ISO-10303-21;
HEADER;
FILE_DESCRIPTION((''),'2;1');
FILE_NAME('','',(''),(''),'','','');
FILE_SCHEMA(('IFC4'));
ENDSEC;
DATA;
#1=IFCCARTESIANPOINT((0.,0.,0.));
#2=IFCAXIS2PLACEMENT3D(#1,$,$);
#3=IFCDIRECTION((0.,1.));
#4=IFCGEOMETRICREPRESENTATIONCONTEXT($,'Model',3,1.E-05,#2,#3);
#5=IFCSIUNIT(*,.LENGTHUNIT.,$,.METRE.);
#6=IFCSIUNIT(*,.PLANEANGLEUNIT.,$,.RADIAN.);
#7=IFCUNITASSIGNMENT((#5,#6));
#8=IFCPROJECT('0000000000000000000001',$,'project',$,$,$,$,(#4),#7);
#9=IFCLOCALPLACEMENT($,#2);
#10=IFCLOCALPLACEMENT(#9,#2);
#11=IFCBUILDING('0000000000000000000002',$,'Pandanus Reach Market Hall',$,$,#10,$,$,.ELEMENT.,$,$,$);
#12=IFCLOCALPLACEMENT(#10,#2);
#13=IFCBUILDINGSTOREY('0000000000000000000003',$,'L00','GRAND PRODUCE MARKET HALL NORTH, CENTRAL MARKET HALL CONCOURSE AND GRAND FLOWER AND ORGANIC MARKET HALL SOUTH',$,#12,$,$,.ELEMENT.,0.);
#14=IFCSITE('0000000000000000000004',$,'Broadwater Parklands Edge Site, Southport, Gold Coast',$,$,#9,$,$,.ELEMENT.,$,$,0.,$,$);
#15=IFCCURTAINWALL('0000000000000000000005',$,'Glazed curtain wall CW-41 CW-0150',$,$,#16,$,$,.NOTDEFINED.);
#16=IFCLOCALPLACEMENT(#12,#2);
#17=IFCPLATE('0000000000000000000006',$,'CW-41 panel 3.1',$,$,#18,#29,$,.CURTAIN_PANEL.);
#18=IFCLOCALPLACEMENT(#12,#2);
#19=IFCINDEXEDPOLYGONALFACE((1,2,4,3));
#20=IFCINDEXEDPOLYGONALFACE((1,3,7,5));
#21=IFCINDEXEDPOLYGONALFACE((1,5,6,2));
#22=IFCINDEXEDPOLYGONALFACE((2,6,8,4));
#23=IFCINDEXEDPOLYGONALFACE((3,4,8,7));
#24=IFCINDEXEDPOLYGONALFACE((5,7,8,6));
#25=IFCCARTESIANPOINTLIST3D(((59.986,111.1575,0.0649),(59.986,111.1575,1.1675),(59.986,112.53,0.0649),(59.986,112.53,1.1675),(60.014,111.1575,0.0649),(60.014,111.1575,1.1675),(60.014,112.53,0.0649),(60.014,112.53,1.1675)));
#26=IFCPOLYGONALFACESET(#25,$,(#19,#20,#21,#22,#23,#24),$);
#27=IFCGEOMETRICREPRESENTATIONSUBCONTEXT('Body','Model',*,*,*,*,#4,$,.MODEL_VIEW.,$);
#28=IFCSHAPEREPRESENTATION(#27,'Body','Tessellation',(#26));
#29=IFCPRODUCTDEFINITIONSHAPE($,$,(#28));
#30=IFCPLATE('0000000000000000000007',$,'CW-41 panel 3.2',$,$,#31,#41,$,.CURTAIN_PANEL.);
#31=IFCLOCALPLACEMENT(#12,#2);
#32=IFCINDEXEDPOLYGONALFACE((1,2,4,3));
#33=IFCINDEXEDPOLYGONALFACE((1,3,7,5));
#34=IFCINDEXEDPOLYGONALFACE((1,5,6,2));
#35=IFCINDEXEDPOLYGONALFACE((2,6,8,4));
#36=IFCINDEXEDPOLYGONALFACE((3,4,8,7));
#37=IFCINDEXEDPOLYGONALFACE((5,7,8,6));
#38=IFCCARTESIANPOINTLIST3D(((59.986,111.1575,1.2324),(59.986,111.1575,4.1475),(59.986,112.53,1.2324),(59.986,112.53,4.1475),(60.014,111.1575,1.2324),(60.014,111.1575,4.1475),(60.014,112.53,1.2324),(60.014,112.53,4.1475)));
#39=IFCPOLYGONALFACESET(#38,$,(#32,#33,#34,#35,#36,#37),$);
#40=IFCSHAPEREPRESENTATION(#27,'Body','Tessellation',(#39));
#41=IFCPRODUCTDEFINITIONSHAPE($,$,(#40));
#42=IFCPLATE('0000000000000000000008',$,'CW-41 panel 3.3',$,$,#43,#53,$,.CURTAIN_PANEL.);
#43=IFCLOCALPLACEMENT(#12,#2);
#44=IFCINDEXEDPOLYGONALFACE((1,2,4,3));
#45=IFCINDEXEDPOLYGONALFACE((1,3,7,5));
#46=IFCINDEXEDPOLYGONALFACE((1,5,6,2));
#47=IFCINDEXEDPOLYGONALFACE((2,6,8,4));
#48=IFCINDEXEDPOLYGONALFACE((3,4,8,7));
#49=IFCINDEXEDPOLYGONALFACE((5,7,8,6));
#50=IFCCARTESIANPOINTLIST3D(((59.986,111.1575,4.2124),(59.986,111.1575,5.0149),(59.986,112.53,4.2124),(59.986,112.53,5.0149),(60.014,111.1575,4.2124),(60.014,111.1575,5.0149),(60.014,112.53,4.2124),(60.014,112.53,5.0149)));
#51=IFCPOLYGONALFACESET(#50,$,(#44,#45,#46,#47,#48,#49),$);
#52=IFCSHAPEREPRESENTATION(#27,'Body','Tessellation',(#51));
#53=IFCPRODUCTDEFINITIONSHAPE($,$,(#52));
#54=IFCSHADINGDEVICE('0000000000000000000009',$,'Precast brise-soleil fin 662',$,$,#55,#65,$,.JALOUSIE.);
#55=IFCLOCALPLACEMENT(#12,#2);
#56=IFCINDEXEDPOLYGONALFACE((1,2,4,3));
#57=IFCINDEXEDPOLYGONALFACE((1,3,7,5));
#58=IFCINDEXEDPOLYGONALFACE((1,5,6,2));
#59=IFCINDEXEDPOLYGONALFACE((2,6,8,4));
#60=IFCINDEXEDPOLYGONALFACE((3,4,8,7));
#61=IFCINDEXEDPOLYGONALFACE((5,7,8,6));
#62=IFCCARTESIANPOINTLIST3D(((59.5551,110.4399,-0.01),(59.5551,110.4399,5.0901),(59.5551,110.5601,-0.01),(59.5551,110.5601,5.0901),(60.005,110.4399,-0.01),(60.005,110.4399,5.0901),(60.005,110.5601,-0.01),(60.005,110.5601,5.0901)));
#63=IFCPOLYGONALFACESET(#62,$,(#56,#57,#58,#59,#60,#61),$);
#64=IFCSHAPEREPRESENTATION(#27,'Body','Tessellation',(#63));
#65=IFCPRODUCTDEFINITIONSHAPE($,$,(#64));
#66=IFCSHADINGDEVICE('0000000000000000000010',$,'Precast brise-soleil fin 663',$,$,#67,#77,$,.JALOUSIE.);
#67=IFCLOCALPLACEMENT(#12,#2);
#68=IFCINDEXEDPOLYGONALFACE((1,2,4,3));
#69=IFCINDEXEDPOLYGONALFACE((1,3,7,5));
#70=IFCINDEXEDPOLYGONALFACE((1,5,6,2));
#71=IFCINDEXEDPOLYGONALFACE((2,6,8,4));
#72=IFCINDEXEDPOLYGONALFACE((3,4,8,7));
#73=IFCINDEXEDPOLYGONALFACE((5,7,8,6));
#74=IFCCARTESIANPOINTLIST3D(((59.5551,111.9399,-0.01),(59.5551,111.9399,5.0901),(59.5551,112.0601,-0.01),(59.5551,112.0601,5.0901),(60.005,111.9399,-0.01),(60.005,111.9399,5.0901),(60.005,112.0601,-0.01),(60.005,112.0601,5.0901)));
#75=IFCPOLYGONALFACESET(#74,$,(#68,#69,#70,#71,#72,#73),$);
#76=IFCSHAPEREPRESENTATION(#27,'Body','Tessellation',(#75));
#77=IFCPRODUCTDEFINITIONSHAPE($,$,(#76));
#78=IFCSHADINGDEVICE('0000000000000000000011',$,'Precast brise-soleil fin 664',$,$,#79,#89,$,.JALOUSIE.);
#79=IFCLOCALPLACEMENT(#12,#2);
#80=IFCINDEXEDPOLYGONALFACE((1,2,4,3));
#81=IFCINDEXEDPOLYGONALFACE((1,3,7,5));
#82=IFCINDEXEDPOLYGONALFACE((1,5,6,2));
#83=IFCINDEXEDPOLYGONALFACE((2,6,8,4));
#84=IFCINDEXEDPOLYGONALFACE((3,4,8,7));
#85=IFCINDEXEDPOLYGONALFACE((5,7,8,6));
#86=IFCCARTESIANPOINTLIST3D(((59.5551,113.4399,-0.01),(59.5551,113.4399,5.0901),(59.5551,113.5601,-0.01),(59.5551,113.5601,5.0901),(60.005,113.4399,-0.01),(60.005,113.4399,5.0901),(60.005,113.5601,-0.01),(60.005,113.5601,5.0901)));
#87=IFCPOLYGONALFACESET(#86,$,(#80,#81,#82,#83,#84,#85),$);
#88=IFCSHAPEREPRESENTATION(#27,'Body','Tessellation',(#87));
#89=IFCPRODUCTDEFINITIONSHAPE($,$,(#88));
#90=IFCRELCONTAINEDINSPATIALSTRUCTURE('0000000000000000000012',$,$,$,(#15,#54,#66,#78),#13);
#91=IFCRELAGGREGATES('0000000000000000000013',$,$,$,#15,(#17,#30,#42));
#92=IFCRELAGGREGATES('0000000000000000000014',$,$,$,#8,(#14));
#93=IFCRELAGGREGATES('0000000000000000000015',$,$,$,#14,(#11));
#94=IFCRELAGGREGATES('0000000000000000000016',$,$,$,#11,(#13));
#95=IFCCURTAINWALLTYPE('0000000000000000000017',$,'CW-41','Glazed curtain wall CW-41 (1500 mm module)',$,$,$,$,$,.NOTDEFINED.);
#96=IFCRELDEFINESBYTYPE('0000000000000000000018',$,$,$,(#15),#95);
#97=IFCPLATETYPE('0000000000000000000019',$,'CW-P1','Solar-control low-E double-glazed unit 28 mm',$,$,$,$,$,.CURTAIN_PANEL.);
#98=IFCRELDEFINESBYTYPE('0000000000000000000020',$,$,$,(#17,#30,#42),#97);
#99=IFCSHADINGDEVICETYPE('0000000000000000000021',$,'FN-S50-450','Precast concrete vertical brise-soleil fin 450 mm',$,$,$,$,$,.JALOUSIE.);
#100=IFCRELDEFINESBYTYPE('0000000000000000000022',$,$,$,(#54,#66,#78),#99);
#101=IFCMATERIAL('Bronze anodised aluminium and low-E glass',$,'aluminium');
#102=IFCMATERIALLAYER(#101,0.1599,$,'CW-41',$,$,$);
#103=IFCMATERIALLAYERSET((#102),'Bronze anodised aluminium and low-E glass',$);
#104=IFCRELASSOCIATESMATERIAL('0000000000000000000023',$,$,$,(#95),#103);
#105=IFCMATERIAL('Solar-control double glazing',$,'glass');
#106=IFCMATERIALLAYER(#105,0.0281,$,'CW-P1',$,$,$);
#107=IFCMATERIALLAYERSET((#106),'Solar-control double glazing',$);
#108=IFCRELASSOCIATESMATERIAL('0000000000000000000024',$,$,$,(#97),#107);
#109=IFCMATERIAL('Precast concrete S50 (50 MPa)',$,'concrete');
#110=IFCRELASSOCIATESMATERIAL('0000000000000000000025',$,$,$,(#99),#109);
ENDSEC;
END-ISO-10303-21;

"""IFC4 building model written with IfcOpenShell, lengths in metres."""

from ifc_helpers import new_model, si_unit, direction, frame, origin, origin_2d, place, context, subcontext, project, spatial, rectangle, extrude, material, layer, layer_set, type_object, element, aggregate, save


model = new_model("IFC4")

# Units and contexts
model_context = context("Model", 3, precision=1e-05, world=origin(), true_north=direction((0.0, 1.0)))
body_context = subcontext(model_context, "Body", "Model", "MODEL_VIEW")
ifc_project = project(units=[si_unit("LENGTHUNIT", "METRE"), si_unit("PLANEANGLEUNIT", "RADIAN")], contexts=[model_context])

# Site, building, storey
site_placement = place(None, origin())
site = spatial("IfcSite", under=ifc_project, at=site_placement, Name="Broadwater Parklands Edge Site, Southport, Gold Coast", CompositionType="ELEMENT", RefElevation=0.0)
building_placement = place(site_placement, origin())
building = spatial("IfcBuilding", under=site, at=building_placement, Name="Pandanus Reach Market Hall", CompositionType="ELEMENT")
storey_placement = place(building_placement, origin())
storey = spatial("IfcBuildingStorey", under=building, at=storey_placement, Name="L00", Description="GRAND PRODUCE MARKET HALL NORTH, CENTRAL MARKET HALL CONCOURSE AND GRAND FLOWER AND ORGANIC MARKET HALL SOUTH", CompositionType="ELEMENT", Elevation=0.0)

# Curtain wall, plates
ifc_material_1 = material(Name="Bronze anodised aluminium and low-E glass", Category="aluminium")
ifc_layer_1 = layer(ifc_material_1, 0.1599, Name="CW-41")
ifc_layer_set_1 = layer_set([ifc_layer_1], Name="Bronze anodised aluminium and low-E glass")
curtain_wall_type = type_object("IfcCurtainWallType", Name="CW-41", Description="Glazed curtain wall CW-41 (1500 mm module)", PredefinedType="NOTDEFINED", material=ifc_layer_set_1)
curtain_wall_placement = place(storey_placement, origin())
curtain_wall = element("IfcCurtainWall", 1, at=curtain_wall_placement, inside=storey, type_object=curtain_wall_type, Name="Glazed curtain wall CW-41 CW-0150", PredefinedType="NOTDEFINED")
ifc_material_2 = material(Name="Solar-control double glazing", Category="glass")
ifc_layer_2 = layer(ifc_material_2, 0.0281, Name="CW-P1")
ifc_layer_set_2 = layer_set([ifc_layer_2], Name="Solar-control double glazing")
plate_type = type_object("IfcPlateType", Name="CW-P1", Description="Solar-control low-E double-glazed unit 28 mm", PredefinedType="CURTAIN_PANEL", material=ifc_layer_set_2)
plate_1_placement = place(storey_placement, frame((60.0, 111.8438, 0.0649), z_axis=(0.0, 0.0, 1.0), x_axis=(0.0, 1.0, 0.0)))
plate_1 = element("IfcPlate", 2, at=plate_1_placement, type_object=plate_type, Name="CW-41 panel 3.1", PredefinedType="CURTAIN_PANEL", context=body_context, shape_type="SweptSolid", body=[
    extrude(rectangle(XDim=1.3726, YDim=0.0281, at=origin_2d()), origin(), (0.0, 0.0, 1.0), 1.1025),
])
plate_2_placement = place(storey_placement, frame((60.0, 111.8438, 1.2324), z_axis=(0.0, 0.0, 1.0), x_axis=(0.0, 1.0, 0.0)))
plate_2 = element("IfcPlate", 3, at=plate_2_placement, type_object=plate_type, Name="CW-41 panel 3.2", PredefinedType="CURTAIN_PANEL", context=body_context, shape_type="SweptSolid", body=[
    extrude(rectangle(XDim=1.3726, YDim=0.0281, at=origin_2d()), origin(), (0.0, 0.0, 1.0), 2.915),
])
plate_3_placement = place(storey_placement, frame((60.0, 111.8438, 4.2124), z_axis=(0.0, 0.0, 1.0), x_axis=(0.0, 1.0, 0.0)))
plate_3 = element("IfcPlate", 4, at=plate_3_placement, type_object=plate_type, Name="CW-41 panel 3.3", PredefinedType="CURTAIN_PANEL", context=body_context, shape_type="SweptSolid", body=[
    extrude(rectangle(XDim=1.3726, YDim=0.0281, at=origin_2d()), origin(), (0.0, 0.0, 1.0), 0.8025),
])
aggregate(curtain_wall, [plate_1, plate_2, plate_3])

# Shading devices
ifc_material_3 = material(Name="Precast concrete S50 (50 MPa)", Category="concrete")
shading_device_type = type_object("IfcShadingDeviceType", Name="FN-S50-450", Description="Precast concrete vertical brise-soleil fin 450 mm", PredefinedType="JALOUSIE", material=ifc_material_3)
for number, where, z_axis, x_axis, name in (
    (5, (59.78, 110.5, -0.01), (0.0, 0.0, 1.0), (-1.0, 0.0, 0.0), "Precast brise-soleil fin 662"),
    (6, (59.78, 112.0, -0.01), (0.0, 0.0, 1.0), (-1.0, 0.0, 0.0), "Precast brise-soleil fin 663"),
    (7, (59.78, 113.5, -0.01), (0.0, 0.0, 1.0), (-1.0, 0.0, 0.0), "Precast brise-soleil fin 664"),
):
    element("IfcShadingDevice", number, at=place(storey_placement, frame(where, z_axis=z_axis, x_axis=x_axis)), inside=storey, type_object=shading_device_type, Name=name, PredefinedType="JALOUSIE", context=body_context, shape_type="SweptSolid", body=[
        extrude(rectangle(XDim=0.45, YDim=0.1201, at=origin_2d()), origin(), (0.0, 0.0, 1.0), 5.1001),
    ])

save(model, "model.ifc")
